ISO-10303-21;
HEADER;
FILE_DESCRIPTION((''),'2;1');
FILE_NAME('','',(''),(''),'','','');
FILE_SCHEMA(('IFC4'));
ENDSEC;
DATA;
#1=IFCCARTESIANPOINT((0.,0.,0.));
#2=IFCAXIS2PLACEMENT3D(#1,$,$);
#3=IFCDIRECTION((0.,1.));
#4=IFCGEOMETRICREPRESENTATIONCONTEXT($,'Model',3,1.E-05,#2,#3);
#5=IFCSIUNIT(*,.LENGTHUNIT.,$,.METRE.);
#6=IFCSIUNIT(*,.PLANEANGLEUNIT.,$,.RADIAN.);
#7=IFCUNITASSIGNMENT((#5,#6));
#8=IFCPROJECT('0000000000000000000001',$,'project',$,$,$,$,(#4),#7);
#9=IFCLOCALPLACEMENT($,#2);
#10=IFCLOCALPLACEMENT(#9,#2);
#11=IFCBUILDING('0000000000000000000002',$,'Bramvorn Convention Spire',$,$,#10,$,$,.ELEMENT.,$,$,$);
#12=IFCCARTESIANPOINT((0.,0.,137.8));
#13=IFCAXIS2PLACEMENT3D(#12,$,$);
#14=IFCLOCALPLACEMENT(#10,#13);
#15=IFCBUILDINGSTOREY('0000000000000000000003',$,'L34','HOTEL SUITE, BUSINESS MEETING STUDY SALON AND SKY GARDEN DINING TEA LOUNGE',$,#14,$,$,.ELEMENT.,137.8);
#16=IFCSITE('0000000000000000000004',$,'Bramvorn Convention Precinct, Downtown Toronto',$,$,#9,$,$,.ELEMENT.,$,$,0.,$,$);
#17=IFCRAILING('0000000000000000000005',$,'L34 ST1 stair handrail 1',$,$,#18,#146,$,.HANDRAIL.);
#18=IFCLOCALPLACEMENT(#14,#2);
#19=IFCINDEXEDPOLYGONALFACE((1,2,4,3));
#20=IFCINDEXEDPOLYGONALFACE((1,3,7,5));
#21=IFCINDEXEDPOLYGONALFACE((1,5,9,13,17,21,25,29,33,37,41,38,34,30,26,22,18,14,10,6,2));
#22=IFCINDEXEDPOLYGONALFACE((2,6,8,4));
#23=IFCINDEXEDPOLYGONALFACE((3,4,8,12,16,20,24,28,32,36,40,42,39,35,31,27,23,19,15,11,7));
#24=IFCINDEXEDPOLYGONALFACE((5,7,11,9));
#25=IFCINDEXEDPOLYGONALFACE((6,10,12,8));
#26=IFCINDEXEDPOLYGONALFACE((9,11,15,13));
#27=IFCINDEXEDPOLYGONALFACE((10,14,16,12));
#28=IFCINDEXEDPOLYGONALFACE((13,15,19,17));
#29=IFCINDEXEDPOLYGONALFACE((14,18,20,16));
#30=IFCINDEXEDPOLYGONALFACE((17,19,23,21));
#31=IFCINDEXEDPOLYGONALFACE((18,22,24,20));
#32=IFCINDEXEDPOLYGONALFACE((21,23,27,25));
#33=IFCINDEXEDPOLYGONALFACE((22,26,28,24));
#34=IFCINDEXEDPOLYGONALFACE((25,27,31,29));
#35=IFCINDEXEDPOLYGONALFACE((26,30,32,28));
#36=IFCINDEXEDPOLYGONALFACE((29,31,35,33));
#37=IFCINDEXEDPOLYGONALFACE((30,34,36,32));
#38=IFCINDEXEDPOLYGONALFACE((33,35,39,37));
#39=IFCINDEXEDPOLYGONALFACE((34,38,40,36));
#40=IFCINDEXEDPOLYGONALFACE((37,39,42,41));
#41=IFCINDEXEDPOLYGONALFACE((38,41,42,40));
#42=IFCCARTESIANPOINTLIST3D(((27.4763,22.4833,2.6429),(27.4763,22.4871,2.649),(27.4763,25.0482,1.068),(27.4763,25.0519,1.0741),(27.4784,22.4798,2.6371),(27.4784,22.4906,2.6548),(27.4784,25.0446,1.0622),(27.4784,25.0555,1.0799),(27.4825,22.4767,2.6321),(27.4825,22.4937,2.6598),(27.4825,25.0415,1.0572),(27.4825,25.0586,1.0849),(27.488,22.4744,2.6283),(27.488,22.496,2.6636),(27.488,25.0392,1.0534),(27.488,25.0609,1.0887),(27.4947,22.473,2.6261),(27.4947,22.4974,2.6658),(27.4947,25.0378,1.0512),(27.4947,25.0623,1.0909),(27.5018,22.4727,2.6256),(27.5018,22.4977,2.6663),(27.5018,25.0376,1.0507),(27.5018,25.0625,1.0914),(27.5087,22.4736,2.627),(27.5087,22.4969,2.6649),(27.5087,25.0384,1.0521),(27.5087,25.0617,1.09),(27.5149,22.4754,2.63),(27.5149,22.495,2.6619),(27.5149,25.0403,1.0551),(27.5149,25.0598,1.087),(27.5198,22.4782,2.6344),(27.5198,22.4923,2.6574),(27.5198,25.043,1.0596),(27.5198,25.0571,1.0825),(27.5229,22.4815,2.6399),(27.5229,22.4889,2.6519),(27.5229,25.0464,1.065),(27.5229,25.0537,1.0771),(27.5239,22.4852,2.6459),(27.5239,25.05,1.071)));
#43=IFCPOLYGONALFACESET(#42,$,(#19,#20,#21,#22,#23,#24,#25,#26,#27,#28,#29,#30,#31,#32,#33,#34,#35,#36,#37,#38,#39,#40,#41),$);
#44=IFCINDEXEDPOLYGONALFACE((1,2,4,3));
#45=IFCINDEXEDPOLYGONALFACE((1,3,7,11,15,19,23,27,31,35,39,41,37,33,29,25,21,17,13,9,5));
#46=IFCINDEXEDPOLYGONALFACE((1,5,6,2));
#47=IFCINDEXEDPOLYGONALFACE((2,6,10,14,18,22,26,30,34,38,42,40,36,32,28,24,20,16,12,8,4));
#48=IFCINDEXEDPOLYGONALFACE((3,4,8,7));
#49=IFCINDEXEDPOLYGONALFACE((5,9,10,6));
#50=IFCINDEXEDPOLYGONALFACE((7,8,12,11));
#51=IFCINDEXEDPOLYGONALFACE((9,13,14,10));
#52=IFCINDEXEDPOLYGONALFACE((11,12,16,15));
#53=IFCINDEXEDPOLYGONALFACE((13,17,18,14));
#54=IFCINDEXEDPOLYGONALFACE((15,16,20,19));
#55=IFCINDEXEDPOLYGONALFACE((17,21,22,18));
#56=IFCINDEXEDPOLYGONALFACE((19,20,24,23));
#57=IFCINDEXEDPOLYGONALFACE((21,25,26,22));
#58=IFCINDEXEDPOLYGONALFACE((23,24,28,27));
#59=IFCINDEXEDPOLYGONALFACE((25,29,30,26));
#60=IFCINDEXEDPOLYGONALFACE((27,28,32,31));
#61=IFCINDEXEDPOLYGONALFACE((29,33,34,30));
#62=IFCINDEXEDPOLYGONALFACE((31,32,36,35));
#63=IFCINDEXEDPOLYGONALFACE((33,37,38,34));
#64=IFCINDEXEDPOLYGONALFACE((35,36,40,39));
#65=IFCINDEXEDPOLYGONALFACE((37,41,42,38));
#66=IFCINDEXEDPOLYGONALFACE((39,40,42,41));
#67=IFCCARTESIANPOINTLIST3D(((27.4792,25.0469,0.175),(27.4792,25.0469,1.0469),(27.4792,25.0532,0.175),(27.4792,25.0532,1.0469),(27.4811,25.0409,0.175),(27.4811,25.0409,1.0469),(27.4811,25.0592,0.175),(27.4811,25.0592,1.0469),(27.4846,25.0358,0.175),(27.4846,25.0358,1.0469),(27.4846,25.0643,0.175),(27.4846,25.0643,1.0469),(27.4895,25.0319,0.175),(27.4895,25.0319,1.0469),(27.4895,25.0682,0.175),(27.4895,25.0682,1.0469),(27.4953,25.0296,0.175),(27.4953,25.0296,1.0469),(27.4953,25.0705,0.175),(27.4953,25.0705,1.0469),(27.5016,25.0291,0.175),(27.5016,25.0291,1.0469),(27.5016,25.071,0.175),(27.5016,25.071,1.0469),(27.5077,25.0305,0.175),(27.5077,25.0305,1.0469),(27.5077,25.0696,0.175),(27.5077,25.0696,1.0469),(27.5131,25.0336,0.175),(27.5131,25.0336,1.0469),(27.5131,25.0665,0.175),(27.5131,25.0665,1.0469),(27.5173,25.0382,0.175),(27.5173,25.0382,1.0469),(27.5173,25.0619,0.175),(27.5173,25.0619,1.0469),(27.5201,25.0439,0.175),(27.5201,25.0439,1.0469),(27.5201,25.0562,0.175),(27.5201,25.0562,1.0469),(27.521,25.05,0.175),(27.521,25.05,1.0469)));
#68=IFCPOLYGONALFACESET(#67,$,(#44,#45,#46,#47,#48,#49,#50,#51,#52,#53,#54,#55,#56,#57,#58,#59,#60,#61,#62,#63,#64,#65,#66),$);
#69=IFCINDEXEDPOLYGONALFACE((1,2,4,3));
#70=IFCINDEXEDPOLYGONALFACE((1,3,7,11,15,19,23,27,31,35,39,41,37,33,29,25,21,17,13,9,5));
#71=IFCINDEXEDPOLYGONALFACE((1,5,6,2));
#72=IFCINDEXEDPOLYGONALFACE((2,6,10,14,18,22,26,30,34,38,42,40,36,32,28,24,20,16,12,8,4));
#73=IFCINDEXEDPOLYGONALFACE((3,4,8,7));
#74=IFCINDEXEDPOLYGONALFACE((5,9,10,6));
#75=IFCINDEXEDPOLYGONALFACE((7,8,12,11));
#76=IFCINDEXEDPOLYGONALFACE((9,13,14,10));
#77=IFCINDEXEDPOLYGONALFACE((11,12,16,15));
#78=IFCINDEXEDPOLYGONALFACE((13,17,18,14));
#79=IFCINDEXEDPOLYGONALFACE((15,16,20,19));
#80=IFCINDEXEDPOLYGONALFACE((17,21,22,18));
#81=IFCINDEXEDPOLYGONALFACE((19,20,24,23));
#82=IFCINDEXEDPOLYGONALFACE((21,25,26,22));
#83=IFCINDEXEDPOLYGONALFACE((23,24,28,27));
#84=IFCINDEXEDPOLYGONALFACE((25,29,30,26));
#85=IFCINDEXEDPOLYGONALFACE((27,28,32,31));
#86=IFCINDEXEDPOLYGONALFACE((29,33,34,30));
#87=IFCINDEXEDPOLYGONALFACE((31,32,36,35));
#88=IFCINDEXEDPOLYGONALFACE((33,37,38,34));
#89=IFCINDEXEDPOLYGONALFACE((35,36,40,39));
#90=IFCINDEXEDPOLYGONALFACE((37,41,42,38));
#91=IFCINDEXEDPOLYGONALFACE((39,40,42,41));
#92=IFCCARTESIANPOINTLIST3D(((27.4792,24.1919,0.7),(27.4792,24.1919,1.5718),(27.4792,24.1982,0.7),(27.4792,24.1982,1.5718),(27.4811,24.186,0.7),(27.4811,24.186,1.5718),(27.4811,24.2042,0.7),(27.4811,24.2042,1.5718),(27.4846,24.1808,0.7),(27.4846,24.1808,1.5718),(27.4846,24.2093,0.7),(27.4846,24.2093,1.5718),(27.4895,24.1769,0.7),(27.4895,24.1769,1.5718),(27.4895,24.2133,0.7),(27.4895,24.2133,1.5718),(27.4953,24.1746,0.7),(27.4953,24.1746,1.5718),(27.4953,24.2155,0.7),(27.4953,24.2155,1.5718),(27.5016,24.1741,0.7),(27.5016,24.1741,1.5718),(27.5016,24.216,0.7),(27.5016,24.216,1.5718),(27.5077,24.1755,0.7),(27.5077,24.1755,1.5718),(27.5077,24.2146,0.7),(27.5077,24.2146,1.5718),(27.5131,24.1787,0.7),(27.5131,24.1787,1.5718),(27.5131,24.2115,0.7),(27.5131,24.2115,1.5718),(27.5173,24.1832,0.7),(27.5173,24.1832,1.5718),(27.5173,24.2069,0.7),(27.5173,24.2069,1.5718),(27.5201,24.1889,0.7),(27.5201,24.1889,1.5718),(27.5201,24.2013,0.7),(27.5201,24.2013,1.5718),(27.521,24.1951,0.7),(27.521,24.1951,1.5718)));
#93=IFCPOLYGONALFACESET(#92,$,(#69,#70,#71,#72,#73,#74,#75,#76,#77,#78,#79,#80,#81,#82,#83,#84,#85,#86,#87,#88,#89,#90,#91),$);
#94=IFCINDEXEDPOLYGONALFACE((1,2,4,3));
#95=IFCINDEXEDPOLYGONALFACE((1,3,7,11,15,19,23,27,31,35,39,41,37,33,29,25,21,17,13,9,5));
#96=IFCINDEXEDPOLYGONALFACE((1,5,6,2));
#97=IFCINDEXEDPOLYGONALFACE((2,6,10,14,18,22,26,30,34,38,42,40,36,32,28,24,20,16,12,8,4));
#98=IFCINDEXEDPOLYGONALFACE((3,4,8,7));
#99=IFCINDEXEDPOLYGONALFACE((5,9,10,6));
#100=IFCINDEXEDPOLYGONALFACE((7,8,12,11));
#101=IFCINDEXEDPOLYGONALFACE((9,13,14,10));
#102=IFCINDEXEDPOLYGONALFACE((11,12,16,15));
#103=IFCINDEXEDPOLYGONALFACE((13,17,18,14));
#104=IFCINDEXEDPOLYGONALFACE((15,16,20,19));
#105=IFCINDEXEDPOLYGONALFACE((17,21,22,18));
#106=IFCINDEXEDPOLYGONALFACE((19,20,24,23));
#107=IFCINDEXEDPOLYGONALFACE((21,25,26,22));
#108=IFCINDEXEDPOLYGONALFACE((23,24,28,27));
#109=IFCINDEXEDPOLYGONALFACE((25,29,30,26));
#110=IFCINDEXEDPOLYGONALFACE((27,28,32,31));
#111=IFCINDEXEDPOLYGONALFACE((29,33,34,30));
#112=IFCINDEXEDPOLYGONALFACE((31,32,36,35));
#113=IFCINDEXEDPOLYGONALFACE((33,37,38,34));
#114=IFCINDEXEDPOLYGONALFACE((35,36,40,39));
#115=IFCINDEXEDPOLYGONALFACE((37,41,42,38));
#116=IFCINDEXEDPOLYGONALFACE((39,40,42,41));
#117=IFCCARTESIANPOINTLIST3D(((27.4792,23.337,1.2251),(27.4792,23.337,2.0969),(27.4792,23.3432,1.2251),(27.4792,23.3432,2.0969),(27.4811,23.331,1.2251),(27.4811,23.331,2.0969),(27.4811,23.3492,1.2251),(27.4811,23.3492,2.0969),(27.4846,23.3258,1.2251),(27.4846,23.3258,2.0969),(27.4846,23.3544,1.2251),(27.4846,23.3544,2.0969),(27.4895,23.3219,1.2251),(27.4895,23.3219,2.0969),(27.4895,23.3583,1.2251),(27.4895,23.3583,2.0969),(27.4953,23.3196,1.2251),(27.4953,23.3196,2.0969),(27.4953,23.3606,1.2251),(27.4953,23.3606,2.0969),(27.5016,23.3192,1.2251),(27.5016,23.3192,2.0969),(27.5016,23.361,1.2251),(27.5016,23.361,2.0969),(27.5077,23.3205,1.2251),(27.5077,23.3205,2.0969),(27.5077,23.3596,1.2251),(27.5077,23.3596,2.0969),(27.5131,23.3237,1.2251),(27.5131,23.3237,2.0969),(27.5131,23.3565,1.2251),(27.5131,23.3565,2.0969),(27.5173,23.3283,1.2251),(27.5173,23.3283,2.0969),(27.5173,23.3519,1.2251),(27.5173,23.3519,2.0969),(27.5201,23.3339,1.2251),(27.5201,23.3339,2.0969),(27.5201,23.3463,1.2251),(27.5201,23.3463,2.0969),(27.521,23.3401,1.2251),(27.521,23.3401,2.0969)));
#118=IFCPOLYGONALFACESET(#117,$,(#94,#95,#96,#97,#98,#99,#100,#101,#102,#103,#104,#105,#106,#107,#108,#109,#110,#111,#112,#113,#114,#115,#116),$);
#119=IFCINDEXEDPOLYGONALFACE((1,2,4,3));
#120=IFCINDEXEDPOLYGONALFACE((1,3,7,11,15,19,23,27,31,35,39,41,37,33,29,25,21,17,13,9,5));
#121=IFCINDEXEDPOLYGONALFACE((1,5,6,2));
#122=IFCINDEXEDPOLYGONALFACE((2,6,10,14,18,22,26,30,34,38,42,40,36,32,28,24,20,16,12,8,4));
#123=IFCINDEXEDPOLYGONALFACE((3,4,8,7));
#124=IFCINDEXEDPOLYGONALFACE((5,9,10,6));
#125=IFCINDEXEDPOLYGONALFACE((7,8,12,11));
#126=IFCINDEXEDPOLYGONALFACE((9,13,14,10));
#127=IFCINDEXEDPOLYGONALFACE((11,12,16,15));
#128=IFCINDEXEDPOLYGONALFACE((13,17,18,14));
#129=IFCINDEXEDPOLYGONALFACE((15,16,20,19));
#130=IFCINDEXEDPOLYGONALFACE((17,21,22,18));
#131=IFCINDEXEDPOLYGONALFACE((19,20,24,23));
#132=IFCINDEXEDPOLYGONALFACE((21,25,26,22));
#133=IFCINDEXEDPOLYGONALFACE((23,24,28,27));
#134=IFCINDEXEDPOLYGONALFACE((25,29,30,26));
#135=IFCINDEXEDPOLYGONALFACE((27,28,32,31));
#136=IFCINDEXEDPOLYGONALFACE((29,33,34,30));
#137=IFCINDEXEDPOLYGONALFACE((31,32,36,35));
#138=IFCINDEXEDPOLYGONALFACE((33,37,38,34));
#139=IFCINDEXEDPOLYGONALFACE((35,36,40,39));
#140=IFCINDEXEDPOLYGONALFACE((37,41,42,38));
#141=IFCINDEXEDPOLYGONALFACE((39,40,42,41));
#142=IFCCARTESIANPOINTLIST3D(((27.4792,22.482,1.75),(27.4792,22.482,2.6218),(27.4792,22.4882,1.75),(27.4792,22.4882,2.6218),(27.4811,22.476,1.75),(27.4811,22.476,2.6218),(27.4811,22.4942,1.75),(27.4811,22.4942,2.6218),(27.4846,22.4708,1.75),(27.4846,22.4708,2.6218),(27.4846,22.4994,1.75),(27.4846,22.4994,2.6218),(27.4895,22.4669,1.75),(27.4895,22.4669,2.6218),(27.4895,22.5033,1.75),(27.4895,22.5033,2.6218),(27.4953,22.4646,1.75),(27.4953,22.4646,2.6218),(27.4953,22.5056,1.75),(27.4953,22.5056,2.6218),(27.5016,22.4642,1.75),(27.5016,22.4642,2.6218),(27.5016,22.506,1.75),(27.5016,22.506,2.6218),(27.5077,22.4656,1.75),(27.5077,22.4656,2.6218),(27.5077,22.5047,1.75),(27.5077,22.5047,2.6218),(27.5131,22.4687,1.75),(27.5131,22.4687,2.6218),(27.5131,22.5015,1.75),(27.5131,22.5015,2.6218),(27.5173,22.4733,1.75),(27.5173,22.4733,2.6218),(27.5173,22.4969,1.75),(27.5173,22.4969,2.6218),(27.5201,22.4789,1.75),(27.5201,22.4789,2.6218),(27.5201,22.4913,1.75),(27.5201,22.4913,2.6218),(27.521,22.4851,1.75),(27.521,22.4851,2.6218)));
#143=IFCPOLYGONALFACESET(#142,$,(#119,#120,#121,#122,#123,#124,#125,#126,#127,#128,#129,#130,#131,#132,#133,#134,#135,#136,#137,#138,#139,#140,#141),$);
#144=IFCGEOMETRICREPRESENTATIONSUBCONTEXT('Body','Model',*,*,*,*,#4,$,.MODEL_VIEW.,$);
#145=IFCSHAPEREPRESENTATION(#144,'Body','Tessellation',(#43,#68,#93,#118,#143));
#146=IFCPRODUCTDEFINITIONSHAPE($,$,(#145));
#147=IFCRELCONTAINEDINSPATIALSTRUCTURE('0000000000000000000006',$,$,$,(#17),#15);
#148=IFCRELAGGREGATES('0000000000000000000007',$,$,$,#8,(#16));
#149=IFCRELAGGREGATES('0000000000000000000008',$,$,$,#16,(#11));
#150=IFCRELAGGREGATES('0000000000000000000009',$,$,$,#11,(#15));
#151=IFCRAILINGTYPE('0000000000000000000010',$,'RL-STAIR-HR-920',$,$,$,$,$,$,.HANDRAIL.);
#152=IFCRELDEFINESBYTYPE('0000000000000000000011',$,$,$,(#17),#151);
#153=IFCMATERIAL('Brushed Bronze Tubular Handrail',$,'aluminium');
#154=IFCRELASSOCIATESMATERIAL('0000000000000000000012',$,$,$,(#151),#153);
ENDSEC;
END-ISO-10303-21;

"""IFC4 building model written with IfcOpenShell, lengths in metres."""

from ifc_helpers import new_model, si_unit, direction, frame, origin, origin_2d, place, context, subcontext, project, spatial, circle, extrude, material, type_object, element, save


model = new_model("IFC4")

# Units and contexts
model_context = context("Model", 3, precision=1e-05, world=origin(), true_north=direction((0.0, 1.0)))
body_context = subcontext(model_context, "Body", "Model", "MODEL_VIEW")
ifc_project = project(units=[si_unit("LENGTHUNIT", "METRE"), si_unit("PLANEANGLEUNIT", "RADIAN")], contexts=[model_context])

# Site, building, storey
site_placement = place(None, origin())
site = spatial("IfcSite", under=ifc_project, at=site_placement, Name="Bramvorn Convention Precinct, Downtown Toronto", CompositionType="ELEMENT", RefElevation=0.0)
building_placement = place(site_placement, origin())
building = spatial("IfcBuilding", under=site, at=building_placement, Name="Bramvorn Convention Spire", CompositionType="ELEMENT")
storey_placement = place(building_placement, frame((0.0, 0.0, 137.8)))
storey = spatial("IfcBuildingStorey", under=building, at=storey_placement, Name="L34", Description="HOTEL SUITE, BUSINESS MEETING STUDY SALON AND SKY GARDEN DINING TEA LOUNGE", CompositionType="ELEMENT", Elevation=137.8)

# Railing
ifc_material_1 = material(Name="Brushed Bronze Tubular Handrail", Category="aluminium")
railing_type_1 = type_object("IfcRailingType", Name="RL-STAIR-HR-920", PredefinedType="HANDRAIL", material=ifc_material_1)
railing_1_placement = place(storey_placement, frame((27.5, 25.05, 0.175)))
element("IfcRailing", 1, at=railing_1_placement, inside=storey, type_object=railing_type_1, Name="L34 ST1 stair handrail 1", PredefinedType="HANDRAIL", context=body_context, shape_type="SweptSolid", body=[
    extrude(circle(Radius=0.0239, at=origin_2d()), frame((0.0, 0.0, 0.896), z_axis=(0.0, -0.852173, 0.52326), x_axis=(1.0, 0.0, 0.0)), (0.0, 0.0, 1.0), 3.0098),
    extrude(circle(Radius=0.021, at=origin_2d()), origin(), (0.0, 0.0, 1.0), 0.8718),
    extrude(circle(Radius=0.021, at=origin_2d()), frame((0.0, -0.855, 0.5249)), (0.0, 0.0, 1.0), 0.8718),
    extrude(circle(Radius=0.021, at=origin_2d()), frame((0.0, -1.71, 1.05)), (0.0, 0.0, 1.0), 0.8718),
    extrude(circle(Radius=0.021, at=origin_2d()), frame((0.0, -2.5649, 1.575)), (0.0, 0.0, 1.0), 0.8718),
])

save(model, "model.ifc")
